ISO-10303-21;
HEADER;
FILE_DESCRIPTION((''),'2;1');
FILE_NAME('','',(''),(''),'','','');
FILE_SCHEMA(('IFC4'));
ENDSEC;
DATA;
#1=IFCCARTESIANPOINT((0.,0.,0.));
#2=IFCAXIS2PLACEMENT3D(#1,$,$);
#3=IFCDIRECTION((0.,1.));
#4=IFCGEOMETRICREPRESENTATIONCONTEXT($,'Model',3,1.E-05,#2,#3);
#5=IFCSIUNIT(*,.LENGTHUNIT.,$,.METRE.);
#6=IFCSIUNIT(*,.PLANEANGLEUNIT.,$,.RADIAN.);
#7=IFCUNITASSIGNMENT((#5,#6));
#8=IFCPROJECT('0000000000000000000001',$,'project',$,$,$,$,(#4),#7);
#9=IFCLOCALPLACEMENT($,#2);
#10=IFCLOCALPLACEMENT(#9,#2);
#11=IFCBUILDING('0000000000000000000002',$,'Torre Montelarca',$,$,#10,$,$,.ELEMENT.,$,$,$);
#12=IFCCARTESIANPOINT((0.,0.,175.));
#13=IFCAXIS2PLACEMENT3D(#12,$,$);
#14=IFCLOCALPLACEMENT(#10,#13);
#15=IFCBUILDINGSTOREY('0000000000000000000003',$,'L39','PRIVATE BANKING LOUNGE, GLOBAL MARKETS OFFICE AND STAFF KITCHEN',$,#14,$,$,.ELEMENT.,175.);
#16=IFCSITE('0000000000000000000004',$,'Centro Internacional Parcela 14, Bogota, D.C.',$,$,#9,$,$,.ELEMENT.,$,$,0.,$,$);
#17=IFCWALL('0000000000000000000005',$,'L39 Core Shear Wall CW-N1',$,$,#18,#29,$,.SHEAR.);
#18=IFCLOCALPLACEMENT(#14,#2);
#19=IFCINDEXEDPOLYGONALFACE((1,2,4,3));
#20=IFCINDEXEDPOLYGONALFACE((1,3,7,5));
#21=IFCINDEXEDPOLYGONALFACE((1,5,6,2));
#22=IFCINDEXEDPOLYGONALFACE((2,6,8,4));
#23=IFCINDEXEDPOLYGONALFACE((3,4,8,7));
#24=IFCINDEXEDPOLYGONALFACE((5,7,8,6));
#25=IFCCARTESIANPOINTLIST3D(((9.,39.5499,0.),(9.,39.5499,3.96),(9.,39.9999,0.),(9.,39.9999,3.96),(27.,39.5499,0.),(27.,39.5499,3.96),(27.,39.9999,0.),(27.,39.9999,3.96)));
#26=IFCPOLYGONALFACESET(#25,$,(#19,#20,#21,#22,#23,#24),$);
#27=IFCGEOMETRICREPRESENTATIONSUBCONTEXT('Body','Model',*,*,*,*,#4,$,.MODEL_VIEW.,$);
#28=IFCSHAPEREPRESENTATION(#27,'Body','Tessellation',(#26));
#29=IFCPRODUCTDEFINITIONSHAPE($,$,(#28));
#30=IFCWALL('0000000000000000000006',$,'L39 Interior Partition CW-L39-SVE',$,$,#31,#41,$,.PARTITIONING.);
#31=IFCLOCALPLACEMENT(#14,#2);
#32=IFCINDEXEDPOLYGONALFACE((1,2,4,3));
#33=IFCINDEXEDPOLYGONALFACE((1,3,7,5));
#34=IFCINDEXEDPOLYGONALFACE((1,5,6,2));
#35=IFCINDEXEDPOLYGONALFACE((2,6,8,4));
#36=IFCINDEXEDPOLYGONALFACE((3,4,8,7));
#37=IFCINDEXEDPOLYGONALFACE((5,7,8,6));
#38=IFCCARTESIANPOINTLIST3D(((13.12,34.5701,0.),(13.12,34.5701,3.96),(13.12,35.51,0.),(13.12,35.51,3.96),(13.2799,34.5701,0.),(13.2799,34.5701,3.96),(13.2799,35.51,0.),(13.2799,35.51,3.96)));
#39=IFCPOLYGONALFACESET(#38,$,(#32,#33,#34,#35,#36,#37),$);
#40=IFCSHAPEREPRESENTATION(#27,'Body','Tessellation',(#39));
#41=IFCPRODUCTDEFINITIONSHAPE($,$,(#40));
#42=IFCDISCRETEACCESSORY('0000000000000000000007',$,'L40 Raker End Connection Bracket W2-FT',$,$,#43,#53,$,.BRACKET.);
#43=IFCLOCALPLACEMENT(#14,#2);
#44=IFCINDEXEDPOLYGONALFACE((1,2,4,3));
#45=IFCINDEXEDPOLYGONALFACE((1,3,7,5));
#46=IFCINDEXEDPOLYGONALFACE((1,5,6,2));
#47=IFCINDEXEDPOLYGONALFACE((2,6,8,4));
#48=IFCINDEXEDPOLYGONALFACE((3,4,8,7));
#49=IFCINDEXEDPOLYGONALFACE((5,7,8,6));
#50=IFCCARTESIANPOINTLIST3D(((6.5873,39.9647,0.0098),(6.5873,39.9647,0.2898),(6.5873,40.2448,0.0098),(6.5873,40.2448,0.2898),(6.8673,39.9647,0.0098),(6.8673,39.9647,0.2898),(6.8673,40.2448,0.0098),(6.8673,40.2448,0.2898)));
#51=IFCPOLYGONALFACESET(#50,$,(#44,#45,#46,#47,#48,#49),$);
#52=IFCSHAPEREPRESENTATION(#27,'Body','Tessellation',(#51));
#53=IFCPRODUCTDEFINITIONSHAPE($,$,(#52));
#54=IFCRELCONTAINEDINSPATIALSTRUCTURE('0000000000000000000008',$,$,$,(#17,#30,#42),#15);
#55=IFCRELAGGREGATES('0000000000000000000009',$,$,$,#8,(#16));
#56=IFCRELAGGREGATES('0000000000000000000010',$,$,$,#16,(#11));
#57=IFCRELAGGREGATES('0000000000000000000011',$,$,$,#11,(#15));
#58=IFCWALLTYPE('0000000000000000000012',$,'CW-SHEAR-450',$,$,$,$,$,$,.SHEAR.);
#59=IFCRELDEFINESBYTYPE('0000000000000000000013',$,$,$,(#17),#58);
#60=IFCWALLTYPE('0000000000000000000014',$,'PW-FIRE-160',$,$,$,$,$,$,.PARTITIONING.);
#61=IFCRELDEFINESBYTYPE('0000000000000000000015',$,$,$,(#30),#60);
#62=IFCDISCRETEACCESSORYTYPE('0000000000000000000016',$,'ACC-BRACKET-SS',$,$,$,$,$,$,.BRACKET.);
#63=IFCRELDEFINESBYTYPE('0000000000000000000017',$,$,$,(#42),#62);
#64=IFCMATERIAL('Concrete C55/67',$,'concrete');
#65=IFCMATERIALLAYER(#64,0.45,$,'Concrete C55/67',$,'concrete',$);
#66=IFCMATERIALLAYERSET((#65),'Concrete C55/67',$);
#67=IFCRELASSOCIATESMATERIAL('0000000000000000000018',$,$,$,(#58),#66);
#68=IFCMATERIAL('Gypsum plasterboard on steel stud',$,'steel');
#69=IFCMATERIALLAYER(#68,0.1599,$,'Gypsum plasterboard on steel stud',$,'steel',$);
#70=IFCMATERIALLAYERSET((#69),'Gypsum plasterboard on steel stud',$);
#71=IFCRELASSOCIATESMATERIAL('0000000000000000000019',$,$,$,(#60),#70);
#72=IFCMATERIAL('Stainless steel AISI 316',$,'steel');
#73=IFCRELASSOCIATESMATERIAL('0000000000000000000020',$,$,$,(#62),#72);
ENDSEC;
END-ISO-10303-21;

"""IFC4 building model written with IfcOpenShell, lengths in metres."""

from ifc_helpers import new_model, si_unit, direction, frame, frame_2d, origin, origin_2d, place, context, subcontext, project, spatial, rectangle, extrude, source, transform, mapped, material, layer, layer_set, type_object, element, save


model = new_model("IFC4")

# Units and contexts
model_context = context("Model", 3, precision=1e-05, world=origin(), true_north=direction((0.0, 1.0)))
body_context = subcontext(model_context, "Body", "Model", "MODEL_VIEW")
ifc_project = project(units=[si_unit("LENGTHUNIT", "METRE"), si_unit("PLANEANGLEUNIT", "RADIAN")], contexts=[model_context])

# Site, building, storey
site_placement = place(None, origin())
site = spatial("IfcSite", under=ifc_project, at=site_placement, Name="Centro Internacional Parcela 14, Bogota, D.C.", CompositionType="ELEMENT", RefElevation=0.0)
building_placement = place(site_placement, origin())
building = spatial("IfcBuilding", under=site, at=building_placement, Name="Torre Montelarca", CompositionType="ELEMENT")
storey_placement = place(building_placement, frame((0.0, 0.0, 175.0)))
storey = spatial("IfcBuildingStorey", under=building, at=storey_placement, Name="L39", Description="PRIVATE BANKING LOUNGE, GLOBAL MARKETS OFFICE AND STAFF KITCHEN", CompositionType="ELEMENT", Elevation=175.0)

# Shared definitions
ifc_material_1 = material(Name="Concrete C55/67", Category="concrete")

# Wall
ifc_layer_1 = layer(ifc_material_1, 0.45, Name="Concrete C55/67", Category="concrete")
ifc_layer_set_1 = layer_set([ifc_layer_1], Name="Concrete C55/67")
wall_type_1 = type_object("IfcWallType", Name="CW-SHEAR-450", PredefinedType="SHEAR", material=ifc_layer_set_1)
wall_1_placement = place(storey_placement, frame((9.0, 39.7749, 0.0), z_axis=(0.0, 0.0, 1.0), x_axis=(1.0, 0.0, 0.0)))
element("IfcWall", 1, at=wall_1_placement, inside=storey, type_object=wall_type_1, Name="L39 Core Shear Wall CW-N1", PredefinedType="SHEAR", context=body_context, shape_type="SweptSolid", body=[
    extrude(rectangle(XDim=18.0, YDim=0.45, at=frame_2d((9.0, 0.0))), origin(), (0.0, 0.0, 1.0), 3.96),
])

# Shared definitions
ifc_material_2 = material(Name="Gypsum plasterboard on steel stud", Category="steel")
ifc_layer_2 = layer(ifc_material_2, 0.1599, Name="Gypsum plasterboard on steel stud", Category="steel")
ifc_layer_set_2 = layer_set([ifc_layer_2], Name="Gypsum plasterboard on steel stud")
wall_type_2 = type_object("IfcWallType", Name="PW-FIRE-160", PredefinedType="PARTITIONING", material=ifc_layer_set_2)

# Wall
wall_2_placement = place(storey_placement, frame((13.2, 34.5701, 0.0), z_axis=(0.0, 0.0, 1.0), x_axis=(0.0, 1.0, 0.0)))
element("IfcWall", 2, at=wall_2_placement, inside=storey, type_object=wall_type_2, Name="L39 Interior Partition CW-L39-SVE", PredefinedType="PARTITIONING", context=body_context, shape_type="SweptSolid", body=[
    extrude(rectangle(XDim=0.9399, YDim=0.1599, at=frame_2d((0.47, 0.0))), origin(), (0.0, 0.0, 1.0), 3.96),
])

# Discrete accessory
ifc_material_3 = material(Name="Stainless steel AISI 316", Category="steel")
discrete_accessory_type = type_object("IfcDiscreteAccessoryType", Name="ACC-BRACKET-SS", PredefinedType="BRACKET", material=ifc_material_3)
shared_shape_1 = source(origin(), body_context, "Body", "SweptSolid", [
    extrude(rectangle(XDim=0.28, YDim=0.28, at=origin_2d()), origin(), (0.0, 0.0, 1.0), 0.28),
])
discrete_accessory_placement = place(storey_placement, frame((6.7273, 40.1047, 0.0098), z_axis=(0.0, 0.0, 1.0), x_axis=(1.0, 0.0, 0.0)))
element("IfcDiscreteAccessory", 3, at=discrete_accessory_placement, inside=storey, type_object=discrete_accessory_type, Name="L40 Raker End Connection Bracket W2-FT", PredefinedType="BRACKET", context=body_context, shape_type="MappedRepresentation", body=[
    mapped(shared_shape_1, transform((0.0, 0.0, 0.0), scale=1.0)),
])

save(model, "model.ifc")
